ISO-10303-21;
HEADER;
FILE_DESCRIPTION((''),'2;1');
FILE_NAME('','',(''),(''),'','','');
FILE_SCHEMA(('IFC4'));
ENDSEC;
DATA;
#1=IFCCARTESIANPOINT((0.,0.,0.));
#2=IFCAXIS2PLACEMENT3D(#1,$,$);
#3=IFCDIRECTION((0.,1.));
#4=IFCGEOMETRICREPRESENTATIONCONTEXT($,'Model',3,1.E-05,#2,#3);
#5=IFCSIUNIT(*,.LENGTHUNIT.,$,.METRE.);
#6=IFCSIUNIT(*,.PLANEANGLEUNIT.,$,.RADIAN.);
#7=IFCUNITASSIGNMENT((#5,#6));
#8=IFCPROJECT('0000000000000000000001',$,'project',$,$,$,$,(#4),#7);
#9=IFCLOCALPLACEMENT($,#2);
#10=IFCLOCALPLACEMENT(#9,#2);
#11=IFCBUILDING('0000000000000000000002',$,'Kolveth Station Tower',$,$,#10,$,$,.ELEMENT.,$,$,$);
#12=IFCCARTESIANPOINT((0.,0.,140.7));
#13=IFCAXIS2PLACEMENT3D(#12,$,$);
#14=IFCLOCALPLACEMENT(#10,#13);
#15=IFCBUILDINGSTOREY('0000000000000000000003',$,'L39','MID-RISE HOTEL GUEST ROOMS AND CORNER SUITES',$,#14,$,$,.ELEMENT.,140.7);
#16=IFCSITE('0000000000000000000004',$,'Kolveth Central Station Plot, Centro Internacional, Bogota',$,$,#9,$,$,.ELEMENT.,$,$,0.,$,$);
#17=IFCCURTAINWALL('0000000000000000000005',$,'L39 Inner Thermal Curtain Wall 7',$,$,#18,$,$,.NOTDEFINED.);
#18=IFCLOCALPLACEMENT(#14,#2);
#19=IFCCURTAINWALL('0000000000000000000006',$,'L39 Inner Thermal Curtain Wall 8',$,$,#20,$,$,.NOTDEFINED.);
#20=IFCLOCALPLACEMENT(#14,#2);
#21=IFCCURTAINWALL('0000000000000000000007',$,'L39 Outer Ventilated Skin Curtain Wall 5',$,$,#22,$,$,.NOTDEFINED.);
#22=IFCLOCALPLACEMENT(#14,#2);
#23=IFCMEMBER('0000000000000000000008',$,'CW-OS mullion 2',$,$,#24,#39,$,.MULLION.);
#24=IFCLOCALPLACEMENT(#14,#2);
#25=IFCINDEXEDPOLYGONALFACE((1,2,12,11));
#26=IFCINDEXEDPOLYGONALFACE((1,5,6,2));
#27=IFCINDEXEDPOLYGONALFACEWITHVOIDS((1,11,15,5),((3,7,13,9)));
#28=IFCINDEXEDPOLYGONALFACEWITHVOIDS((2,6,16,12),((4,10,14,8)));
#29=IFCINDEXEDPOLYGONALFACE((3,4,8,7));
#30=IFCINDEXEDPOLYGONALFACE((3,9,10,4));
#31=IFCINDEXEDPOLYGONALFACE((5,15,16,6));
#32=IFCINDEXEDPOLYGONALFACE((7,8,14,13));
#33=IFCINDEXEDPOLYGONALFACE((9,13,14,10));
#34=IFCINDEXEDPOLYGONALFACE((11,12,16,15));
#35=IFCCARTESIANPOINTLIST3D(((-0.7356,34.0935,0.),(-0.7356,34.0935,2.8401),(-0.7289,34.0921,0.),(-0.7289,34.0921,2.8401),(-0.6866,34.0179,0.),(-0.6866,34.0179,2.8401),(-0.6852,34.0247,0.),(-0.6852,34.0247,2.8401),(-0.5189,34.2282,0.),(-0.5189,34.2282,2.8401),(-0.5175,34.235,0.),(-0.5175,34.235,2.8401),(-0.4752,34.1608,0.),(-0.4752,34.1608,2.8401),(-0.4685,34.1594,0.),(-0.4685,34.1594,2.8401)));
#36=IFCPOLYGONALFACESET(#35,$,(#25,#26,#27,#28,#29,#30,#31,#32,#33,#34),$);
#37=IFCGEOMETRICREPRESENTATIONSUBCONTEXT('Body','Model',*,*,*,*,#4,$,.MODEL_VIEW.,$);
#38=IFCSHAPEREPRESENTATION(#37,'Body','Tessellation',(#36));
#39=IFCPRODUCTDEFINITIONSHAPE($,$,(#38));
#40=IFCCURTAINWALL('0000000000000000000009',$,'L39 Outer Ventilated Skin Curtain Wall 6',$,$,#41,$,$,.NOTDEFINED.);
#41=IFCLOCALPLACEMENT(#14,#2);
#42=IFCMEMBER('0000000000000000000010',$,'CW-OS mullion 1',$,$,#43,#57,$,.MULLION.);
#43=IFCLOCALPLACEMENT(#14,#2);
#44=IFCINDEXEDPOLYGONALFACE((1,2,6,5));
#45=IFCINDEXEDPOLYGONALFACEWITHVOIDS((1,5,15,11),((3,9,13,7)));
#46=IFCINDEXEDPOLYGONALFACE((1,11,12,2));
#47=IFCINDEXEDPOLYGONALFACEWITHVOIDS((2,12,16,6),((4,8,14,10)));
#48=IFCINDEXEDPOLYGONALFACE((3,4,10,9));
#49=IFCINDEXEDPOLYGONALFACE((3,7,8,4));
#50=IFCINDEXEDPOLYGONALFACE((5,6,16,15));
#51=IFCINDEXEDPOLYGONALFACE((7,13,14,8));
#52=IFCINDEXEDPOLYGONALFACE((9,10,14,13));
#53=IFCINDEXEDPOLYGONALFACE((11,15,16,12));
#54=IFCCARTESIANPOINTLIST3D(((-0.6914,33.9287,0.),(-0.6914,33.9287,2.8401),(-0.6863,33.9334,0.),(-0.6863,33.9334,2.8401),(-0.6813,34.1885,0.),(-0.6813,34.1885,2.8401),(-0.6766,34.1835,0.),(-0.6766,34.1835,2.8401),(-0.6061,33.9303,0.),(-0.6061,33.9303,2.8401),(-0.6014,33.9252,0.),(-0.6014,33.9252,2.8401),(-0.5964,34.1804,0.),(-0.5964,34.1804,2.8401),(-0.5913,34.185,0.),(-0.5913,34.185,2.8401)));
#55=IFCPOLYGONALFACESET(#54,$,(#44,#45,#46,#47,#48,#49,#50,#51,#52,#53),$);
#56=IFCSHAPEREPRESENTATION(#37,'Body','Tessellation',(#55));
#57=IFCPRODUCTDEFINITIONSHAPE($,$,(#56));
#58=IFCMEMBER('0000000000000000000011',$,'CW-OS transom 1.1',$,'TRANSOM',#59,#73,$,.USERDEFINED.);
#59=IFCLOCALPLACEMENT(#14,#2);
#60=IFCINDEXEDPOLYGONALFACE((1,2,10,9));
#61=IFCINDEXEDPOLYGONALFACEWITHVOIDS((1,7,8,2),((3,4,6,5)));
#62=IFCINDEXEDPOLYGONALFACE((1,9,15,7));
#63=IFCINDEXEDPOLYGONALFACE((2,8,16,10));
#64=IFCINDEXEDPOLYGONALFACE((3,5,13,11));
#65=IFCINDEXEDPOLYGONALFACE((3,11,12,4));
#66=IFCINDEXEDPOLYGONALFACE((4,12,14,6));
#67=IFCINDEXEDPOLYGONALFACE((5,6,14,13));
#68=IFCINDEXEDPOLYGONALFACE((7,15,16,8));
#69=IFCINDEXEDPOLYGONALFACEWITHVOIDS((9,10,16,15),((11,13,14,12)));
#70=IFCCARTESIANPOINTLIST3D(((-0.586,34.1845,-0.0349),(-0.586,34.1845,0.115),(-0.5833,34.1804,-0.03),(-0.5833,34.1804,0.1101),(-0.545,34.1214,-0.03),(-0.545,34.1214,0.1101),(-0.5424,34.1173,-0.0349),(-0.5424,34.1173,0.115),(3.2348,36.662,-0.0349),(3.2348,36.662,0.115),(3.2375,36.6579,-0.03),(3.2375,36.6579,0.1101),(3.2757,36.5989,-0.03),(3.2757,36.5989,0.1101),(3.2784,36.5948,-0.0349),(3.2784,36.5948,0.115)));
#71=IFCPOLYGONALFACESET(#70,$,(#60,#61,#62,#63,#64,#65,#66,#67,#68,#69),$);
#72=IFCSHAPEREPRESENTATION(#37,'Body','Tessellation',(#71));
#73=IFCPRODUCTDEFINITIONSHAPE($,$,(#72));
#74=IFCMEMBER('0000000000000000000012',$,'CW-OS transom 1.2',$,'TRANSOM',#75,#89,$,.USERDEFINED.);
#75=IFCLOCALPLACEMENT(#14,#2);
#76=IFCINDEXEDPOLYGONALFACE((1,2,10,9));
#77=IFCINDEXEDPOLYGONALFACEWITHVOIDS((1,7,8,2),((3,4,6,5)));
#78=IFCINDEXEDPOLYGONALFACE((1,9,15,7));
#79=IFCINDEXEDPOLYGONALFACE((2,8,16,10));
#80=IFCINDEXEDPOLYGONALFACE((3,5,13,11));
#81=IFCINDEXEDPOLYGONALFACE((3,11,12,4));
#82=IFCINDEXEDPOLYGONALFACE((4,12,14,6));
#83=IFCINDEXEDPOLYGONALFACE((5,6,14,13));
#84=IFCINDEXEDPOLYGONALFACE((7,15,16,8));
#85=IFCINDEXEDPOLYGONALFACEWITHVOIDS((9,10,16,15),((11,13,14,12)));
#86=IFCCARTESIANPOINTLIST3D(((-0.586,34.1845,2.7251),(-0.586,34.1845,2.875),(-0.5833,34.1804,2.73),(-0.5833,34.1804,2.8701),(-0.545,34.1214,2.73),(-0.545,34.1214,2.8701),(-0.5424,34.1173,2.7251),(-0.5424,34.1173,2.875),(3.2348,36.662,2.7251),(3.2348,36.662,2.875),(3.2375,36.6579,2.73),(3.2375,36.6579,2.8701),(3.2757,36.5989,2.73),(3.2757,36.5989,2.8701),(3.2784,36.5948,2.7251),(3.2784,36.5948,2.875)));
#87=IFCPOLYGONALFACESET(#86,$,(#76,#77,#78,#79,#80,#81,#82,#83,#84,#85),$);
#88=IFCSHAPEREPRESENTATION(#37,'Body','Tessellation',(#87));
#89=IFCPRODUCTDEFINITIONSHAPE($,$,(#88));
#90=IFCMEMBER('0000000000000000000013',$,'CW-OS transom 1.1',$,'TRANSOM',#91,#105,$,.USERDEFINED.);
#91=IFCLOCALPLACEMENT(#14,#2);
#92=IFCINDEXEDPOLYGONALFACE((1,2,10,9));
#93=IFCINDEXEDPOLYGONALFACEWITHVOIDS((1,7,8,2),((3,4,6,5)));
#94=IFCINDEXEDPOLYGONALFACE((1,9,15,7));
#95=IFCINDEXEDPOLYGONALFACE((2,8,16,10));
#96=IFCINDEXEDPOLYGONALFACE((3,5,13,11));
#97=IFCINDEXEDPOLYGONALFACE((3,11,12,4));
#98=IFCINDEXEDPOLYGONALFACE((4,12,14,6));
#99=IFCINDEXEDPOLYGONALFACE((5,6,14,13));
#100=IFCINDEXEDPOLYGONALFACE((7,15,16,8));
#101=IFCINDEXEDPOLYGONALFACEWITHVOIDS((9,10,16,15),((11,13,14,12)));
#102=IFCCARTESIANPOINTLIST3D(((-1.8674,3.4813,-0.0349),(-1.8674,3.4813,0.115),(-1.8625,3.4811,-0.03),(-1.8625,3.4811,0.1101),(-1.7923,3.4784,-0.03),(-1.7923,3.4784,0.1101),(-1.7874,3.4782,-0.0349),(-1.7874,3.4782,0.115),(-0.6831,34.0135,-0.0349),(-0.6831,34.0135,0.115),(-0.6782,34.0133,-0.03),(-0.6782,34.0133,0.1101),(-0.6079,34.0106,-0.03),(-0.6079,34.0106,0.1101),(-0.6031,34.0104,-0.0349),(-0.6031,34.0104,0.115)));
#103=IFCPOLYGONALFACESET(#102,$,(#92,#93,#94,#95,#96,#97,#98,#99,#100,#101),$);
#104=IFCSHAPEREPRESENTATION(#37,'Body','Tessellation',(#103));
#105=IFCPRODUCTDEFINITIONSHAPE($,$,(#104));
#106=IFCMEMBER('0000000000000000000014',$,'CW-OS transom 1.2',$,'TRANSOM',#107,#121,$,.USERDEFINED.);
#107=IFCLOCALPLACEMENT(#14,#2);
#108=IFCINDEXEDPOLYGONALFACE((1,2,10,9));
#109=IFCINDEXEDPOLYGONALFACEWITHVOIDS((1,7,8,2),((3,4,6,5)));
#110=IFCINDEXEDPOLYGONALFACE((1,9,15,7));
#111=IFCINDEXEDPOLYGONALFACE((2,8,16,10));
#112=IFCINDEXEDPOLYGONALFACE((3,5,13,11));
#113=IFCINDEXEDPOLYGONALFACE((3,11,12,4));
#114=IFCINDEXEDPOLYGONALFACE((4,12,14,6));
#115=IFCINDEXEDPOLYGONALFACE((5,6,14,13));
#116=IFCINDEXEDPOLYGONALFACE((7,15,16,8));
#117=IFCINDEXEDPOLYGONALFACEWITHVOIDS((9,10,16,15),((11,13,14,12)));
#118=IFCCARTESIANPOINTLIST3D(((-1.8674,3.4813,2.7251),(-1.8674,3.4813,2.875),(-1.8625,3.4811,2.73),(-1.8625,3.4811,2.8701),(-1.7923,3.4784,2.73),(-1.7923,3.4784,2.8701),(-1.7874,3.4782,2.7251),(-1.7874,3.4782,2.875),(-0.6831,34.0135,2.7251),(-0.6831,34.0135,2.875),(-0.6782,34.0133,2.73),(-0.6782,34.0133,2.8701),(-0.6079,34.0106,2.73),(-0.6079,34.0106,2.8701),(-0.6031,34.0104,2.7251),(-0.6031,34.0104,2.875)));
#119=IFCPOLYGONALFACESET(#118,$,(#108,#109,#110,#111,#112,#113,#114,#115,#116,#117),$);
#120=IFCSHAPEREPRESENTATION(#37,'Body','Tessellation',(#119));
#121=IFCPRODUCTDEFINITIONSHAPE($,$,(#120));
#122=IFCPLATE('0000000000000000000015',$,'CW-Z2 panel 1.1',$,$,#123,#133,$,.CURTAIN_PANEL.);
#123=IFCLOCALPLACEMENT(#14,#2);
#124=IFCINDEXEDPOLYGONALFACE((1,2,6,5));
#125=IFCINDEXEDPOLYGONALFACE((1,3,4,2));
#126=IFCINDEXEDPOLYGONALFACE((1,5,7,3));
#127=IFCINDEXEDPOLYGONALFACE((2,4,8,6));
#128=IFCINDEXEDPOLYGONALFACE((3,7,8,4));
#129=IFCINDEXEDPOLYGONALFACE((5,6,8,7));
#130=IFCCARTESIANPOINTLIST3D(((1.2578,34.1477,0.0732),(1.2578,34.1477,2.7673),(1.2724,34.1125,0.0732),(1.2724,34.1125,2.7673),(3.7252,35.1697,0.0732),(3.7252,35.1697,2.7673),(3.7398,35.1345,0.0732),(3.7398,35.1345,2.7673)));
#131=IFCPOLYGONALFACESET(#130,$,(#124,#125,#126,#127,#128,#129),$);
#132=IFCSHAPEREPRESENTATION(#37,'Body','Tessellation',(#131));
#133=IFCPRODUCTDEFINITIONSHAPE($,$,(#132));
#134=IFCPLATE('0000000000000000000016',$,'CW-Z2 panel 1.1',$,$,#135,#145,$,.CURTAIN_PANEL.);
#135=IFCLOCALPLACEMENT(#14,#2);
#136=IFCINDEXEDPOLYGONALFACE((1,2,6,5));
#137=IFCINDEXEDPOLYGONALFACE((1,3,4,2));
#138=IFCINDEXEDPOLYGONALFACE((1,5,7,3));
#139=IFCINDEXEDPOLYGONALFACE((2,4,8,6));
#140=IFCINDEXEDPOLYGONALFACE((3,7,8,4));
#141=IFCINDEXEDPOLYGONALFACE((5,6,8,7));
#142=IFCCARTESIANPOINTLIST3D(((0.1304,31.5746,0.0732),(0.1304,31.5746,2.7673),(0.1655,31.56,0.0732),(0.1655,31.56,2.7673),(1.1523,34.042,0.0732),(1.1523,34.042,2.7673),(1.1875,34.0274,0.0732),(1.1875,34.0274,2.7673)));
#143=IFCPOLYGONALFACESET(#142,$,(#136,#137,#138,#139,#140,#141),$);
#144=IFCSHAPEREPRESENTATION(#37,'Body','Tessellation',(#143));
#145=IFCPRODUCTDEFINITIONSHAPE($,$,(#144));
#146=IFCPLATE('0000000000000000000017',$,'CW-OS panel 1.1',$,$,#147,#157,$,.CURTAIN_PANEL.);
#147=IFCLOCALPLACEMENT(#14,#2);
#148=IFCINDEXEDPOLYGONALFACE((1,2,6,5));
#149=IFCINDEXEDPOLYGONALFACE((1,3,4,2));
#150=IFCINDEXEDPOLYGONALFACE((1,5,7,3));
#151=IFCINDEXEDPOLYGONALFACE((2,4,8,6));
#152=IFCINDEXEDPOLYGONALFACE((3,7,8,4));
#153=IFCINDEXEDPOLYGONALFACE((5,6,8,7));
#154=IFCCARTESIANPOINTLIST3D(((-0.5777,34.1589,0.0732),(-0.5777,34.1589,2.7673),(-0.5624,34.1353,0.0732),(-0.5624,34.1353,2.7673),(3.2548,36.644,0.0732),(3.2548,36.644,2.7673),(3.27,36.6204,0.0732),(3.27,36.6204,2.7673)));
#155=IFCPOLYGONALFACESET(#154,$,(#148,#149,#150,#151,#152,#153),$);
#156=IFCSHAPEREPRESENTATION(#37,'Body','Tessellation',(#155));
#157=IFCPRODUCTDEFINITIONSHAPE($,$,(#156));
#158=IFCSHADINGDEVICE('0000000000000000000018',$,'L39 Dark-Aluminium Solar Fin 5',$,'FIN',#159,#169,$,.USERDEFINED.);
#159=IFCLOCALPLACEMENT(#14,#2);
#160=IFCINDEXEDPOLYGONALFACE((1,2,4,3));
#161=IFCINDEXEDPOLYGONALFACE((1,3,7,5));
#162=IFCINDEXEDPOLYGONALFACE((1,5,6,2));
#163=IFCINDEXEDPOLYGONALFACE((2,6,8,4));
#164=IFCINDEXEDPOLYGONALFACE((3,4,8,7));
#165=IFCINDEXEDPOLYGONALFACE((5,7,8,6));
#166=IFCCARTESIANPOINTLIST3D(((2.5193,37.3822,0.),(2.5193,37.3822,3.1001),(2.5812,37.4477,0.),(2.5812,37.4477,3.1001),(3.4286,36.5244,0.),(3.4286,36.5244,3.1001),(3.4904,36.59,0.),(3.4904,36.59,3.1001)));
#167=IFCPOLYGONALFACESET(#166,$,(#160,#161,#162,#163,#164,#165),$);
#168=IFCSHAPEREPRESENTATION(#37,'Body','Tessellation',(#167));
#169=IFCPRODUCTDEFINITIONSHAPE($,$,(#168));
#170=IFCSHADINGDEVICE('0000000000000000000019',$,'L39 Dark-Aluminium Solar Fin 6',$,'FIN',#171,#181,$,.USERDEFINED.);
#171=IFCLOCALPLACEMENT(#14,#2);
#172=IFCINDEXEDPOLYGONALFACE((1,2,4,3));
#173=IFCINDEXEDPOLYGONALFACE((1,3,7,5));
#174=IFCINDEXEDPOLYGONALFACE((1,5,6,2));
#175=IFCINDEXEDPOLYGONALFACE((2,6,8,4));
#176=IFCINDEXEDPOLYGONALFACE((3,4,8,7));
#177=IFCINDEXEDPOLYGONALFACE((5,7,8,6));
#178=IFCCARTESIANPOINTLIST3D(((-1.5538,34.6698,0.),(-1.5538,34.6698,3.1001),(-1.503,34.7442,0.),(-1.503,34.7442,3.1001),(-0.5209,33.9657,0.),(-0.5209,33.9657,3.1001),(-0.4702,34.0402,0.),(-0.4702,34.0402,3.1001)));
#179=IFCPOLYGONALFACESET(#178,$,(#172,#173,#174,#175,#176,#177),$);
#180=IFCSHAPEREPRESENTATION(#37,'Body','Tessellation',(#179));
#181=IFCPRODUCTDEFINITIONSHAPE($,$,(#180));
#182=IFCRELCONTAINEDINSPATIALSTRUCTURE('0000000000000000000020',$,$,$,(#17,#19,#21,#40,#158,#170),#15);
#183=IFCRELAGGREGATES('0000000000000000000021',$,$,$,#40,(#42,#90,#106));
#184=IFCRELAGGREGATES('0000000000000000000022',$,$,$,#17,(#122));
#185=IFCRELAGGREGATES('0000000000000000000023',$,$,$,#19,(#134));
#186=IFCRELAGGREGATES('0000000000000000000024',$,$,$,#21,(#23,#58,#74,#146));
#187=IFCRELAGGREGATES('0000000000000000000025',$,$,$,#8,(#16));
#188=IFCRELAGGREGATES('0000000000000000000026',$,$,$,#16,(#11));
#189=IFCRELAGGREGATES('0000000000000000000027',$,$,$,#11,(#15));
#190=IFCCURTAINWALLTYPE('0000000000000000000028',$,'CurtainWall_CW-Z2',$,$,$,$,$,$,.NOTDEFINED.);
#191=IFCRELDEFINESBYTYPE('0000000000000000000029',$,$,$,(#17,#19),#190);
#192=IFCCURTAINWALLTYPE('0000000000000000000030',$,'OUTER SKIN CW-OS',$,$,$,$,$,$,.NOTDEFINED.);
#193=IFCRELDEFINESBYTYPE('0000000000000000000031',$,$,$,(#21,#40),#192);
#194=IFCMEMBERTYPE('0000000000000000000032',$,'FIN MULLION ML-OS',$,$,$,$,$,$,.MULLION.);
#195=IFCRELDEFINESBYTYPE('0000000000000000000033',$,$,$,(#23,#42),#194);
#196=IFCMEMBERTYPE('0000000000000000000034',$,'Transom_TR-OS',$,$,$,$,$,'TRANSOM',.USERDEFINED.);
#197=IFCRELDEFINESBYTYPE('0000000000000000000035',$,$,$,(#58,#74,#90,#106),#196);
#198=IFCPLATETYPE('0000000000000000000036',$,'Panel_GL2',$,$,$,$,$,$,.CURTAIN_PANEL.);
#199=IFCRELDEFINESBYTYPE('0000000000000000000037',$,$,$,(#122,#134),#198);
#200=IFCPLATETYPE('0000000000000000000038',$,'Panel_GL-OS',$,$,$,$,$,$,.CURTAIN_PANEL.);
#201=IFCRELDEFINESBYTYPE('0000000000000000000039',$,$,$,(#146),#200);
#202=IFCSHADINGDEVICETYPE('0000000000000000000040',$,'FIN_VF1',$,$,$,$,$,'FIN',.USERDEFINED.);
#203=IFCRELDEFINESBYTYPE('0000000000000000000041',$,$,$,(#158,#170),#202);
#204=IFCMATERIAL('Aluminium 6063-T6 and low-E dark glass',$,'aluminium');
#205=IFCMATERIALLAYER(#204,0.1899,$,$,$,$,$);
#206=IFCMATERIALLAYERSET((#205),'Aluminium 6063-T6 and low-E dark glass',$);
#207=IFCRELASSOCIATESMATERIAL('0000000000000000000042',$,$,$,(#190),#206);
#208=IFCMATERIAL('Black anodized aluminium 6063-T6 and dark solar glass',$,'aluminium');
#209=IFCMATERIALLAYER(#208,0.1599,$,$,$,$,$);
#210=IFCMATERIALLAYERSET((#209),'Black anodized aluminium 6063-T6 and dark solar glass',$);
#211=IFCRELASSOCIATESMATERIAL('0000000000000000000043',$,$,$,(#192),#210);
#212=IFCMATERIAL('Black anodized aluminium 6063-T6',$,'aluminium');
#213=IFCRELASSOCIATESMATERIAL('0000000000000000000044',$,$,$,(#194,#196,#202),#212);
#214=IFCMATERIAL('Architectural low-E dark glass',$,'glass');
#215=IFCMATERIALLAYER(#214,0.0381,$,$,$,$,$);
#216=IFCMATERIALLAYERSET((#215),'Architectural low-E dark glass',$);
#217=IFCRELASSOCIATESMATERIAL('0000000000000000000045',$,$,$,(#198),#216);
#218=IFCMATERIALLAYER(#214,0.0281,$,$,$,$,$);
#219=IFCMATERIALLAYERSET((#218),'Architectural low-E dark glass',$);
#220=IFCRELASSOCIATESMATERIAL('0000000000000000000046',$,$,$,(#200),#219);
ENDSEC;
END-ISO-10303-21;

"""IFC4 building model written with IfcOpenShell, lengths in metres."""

from ifc_helpers import new_model, si_unit, direction, frame, origin, origin_2d, place, context, subcontext, project, spatial, rectangle, hollow_rectangle, extrude, source, transform, mapped, material, layer, layer_set, material_profile, profile_set, type_object, element, aggregate, save


model = new_model("IFC4")

# Units and contexts
model_context = context("Model", 3, precision=1e-05, world=origin(), true_north=direction((0.0, 1.0)))
body_context = subcontext(model_context, "Body", "Model", "MODEL_VIEW")
ifc_project = project(units=[si_unit("LENGTHUNIT", "METRE"), si_unit("PLANEANGLEUNIT", "RADIAN")], contexts=[model_context])

# Site, building, storey
site_placement = place(None, origin())
site = spatial("IfcSite", under=ifc_project, at=site_placement, Name="Kolveth Central Station Plot, Centro Internacional, Bogota", CompositionType="ELEMENT", RefElevation=0.0)
building_placement = place(site_placement, origin())
building = spatial("IfcBuilding", under=site, at=building_placement, Name="Kolveth Station Tower", CompositionType="ELEMENT")
storey_placement = place(building_placement, frame((0.0, 0.0, 140.7)))
storey = spatial("IfcBuildingStorey", under=building, at=storey_placement, Name="L39", Description="MID-RISE HOTEL GUEST ROOMS AND CORNER SUITES", CompositionType="ELEMENT", Elevation=140.7)

# Curtain walls
ifc_material_1 = material(Name="Aluminium 6063-T6 and low-E dark glass", Category="aluminium")
ifc_layer_1 = layer(ifc_material_1, 0.1899)
ifc_layer_set_1 = layer_set([ifc_layer_1], Name="Aluminium 6063-T6 and low-E dark glass")
curtain_wall_type_1 = type_object("IfcCurtainWallType", Name="CurtainWall_CW-Z2", PredefinedType="NOTDEFINED", material=ifc_layer_set_1)
curtain_wall_1_placement = place(storey_placement, origin())
curtain_wall_1 = element("IfcCurtainWall", 1, at=curtain_wall_1_placement, inside=storey, type_object=curtain_wall_type_1, Name="L39 Inner Thermal Curtain Wall 7", PredefinedType="NOTDEFINED")
ifc_material_2 = material(Name="Black anodized aluminium 6063-T6", Category="aluminium")
curtain_wall_2_placement = place(storey_placement, origin())
curtain_wall_2 = element("IfcCurtainWall", 2, at=curtain_wall_2_placement, inside=storey, type_object=curtain_wall_type_1, Name="L39 Inner Thermal Curtain Wall 8", PredefinedType="NOTDEFINED")

# Shared definitions
ifc_material_3 = material(Name="Black anodized aluminium 6063-T6 and dark solar glass", Category="aluminium")
ifc_layer_2 = layer(ifc_material_3, 0.1599)
ifc_layer_set_2 = layer_set([ifc_layer_2], Name="Black anodized aluminium 6063-T6 and dark solar glass")
curtain_wall_type_2 = type_object("IfcCurtainWallType", Name="OUTER SKIN CW-OS", PredefinedType="NOTDEFINED", material=ifc_layer_set_2)
ifc_material_profile_1 = material_profile(ifc_material_2, hollow_rectangle(XDim=0.0901, YDim=0.26, WallThickness=0.0049, at=origin_2d()), Name="ALU-90x260x5")
ifc_profile_set_1 = profile_set([ifc_material_profile_1], Name="Black anodized aluminium 6063-T6")
member_type_1 = type_object("IfcMemberType", Name="FIN MULLION ML-OS", PredefinedType="MULLION", material=ifc_profile_set_1)
shared_shape_1 = source(origin(), body_context, "Body", "SweptSolid", [
    extrude(hollow_rectangle(XDim=0.0901, YDim=0.26, WallThickness=0.0049, at=origin_2d()), origin(), (0.0, 0.0, 1.0), 2.8401),
])

# Curtain wall, member
curtain_wall_3_placement = place(storey_placement, origin())
curtain_wall_3 = element("IfcCurtainWall", 3, at=curtain_wall_3_placement, inside=storey, type_object=curtain_wall_type_2, Name="L39 Outer Ventilated Skin Curtain Wall 5", PredefinedType="NOTDEFINED")
member_1_placement = place(storey_placement, frame((-0.6021, 34.1265, 0.0), z_axis=(0.0, 0.0, 1.0), x_axis=(0.544067, -0.839042, 0.0)))
member_1 = element("IfcMember", 4, at=member_1_placement, type_object=member_type_1, Name="CW-OS mullion 2", PredefinedType="MULLION", context=body_context, shape_type="MappedRepresentation", body=[
    mapped(shared_shape_1, transform((0.0, 0.0, 0.0), x_axis=(1.0, 0.0, 0.0), y_axis=(0.0, 1.0, 0.0), z_axis=(0.0, 0.0, 1.0), scale=1.0)),
])

# Curtain wall, member
curtain_wall_4_placement = place(storey_placement, origin())
curtain_wall_4 = element("IfcCurtainWall", 5, at=curtain_wall_4_placement, inside=storey, type_object=curtain_wall_type_2, Name="L39 Outer Ventilated Skin Curtain Wall 6", PredefinedType="NOTDEFINED")
member_2_placement = place(storey_placement, frame((-0.6414, 34.0569, 0.0), z_axis=(0.0, 0.0, 1.0), x_axis=(0.999249, -0.03876, 0.0)))
member_2 = element("IfcMember", 6, at=member_2_placement, type_object=member_type_1, Name="CW-OS mullion 1", PredefinedType="MULLION", context=body_context, shape_type="MappedRepresentation", body=[
    mapped(shared_shape_1, transform((0.0, 0.0, 0.0), x_axis=(1.0, 0.0, 0.0), y_axis=(0.0, 1.0, 0.0), z_axis=(0.0, 0.0, 1.0), scale=1.0)),
])

# Members
ifc_material_profile_2 = material_profile(ifc_material_2, hollow_rectangle(XDim=0.0801, YDim=0.1499, WallThickness=0.0049, at=origin_2d()), Name="ALU-80x150x5")
ifc_profile_set_2 = profile_set([ifc_material_profile_2], Name="Black anodized aluminium 6063-T6")
member_type_2 = type_object("IfcMemberType", Name="Transom_TR-OS", ElementType="TRANSOM", PredefinedType="USERDEFINED", material=ifc_profile_set_2)
shared_shape_2 = source(origin(), body_context, "Body", "SweptSolid", [
    extrude(hollow_rectangle(XDim=0.0801, YDim=0.1499, WallThickness=0.0049, at=origin_2d()), origin(), (0.0, 0.0, 1.0), 4.5537),
])
member_3_placement = place(storey_placement, frame((3.2566, 36.6284, 0.04), z_axis=(-0.839043, -0.544065, 0.0), x_axis=(0.544065, -0.839043, 0.0)))
member_3 = element("IfcMember", 7, at=member_3_placement, type_object=member_type_2, Name="CW-OS transom 1.1", ObjectType="TRANSOM", PredefinedType="USERDEFINED", context=body_context, shape_type="MappedRepresentation", body=[
    mapped(shared_shape_2, transform((0.0, 0.0, 0.0), x_axis=(1.0, 0.0, 0.0), y_axis=(0.0, 1.0, 0.0), z_axis=(0.0, 0.0, 1.0), scale=1.0)),
])
member_4_placement = place(storey_placement, frame((3.2566, 36.6284, 2.8), z_axis=(-0.839043, -0.544065, 0.0), x_axis=(0.544065, -0.839043, 0.0)))
member_4 = element("IfcMember", 8, at=member_4_placement, type_object=member_type_2, Name="CW-OS transom 1.2", ObjectType="TRANSOM", PredefinedType="USERDEFINED", context=body_context, shape_type="MappedRepresentation", body=[
    mapped(shared_shape_2, transform((0.0, 0.0, 0.0), x_axis=(1.0, 0.0, 0.0), y_axis=(0.0, 1.0, 0.0), z_axis=(0.0, 0.0, 1.0), scale=1.0)),
])
shared_shape_3 = source(origin(), body_context, "Body", "SweptSolid", [
    extrude(hollow_rectangle(XDim=0.0801, YDim=0.1499, WallThickness=0.0049, at=origin_2d()), origin(), (0.0, 0.0, 1.0), 30.5552),
])
member_5_placement = place(storey_placement, frame((-0.6431, 34.012, 0.04), z_axis=(-0.03876, -0.999249, 0.0), x_axis=(0.999249, -0.03876, 0.0)))
member_5 = element("IfcMember", 9, at=member_5_placement, type_object=member_type_2, Name="CW-OS transom 1.1", ObjectType="TRANSOM", PredefinedType="USERDEFINED", context=body_context, shape_type="MappedRepresentation", body=[
    mapped(shared_shape_3, transform((0.0, 0.0, 0.0), x_axis=(1.0, 0.0, 0.0), y_axis=(0.0, 1.0, 0.0), z_axis=(0.0, 0.0, 1.0), scale=1.0)),
])
member_6_placement = place(storey_placement, frame((-0.6431, 34.012, 2.8), z_axis=(-0.03876, -0.999249, 0.0), x_axis=(0.999249, -0.03876, 0.0)))
member_6 = element("IfcMember", 10, at=member_6_placement, type_object=member_type_2, Name="CW-OS transom 1.2", ObjectType="TRANSOM", PredefinedType="USERDEFINED", context=body_context, shape_type="MappedRepresentation", body=[
    mapped(shared_shape_3, transform((0.0, 0.0, 0.0), x_axis=(1.0, 0.0, 0.0), y_axis=(0.0, 1.0, 0.0), z_axis=(0.0, 0.0, 1.0), scale=1.0)),
])
aggregate(curtain_wall_4, [member_2, member_5, member_6])

# Plates
ifc_material_4 = material(Name="Architectural low-E dark glass", Category="glass")
ifc_layer_3 = layer(ifc_material_4, 0.0381)
ifc_layer_set_3 = layer_set([ifc_layer_3], Name="Architectural low-E dark glass")
plate_type_1 = type_object("IfcPlateType", Name="Panel_GL2", PredefinedType="CURTAIN_PANEL", material=ifc_layer_set_3)
shared_shape_4 = source(origin(), body_context, "Body", "SweptSolid", [
    extrude(rectangle(XDim=2.6707, YDim=0.0381, at=origin_2d()), origin(), (0.0, 0.0, 1.0), 2.6941),
])
plate_1_placement = place(storey_placement, frame((2.4988, 34.6411, 0.0732), z_axis=(0.0, 0.0, 1.0), x_axis=(-0.923888, -0.382663, 0.0)))
plate_1 = element("IfcPlate", 11, at=plate_1_placement, type_object=plate_type_1, Name="CW-Z2 panel 1.1", PredefinedType="CURTAIN_PANEL", context=body_context, shape_type="MappedRepresentation", body=[
    mapped(shared_shape_4, transform((0.0, 0.0, 0.0), x_axis=(1.0, 0.0, 0.0), y_axis=(0.0, 1.0, 0.0), z_axis=(0.0, 0.0, 1.0), scale=1.0)),
])
aggregate(curtain_wall_1, [plate_1])
plate_2_placement = place(storey_placement, frame((0.6589, 32.801, 0.0732), z_axis=(0.0, 0.0, 1.0), x_axis=(-0.382663, -0.923888, 0.0)))
plate_2 = element("IfcPlate", 12, at=plate_2_placement, type_object=plate_type_1, Name="CW-Z2 panel 1.1", PredefinedType="CURTAIN_PANEL", context=body_context, shape_type="MappedRepresentation", body=[
    mapped(shared_shape_4, transform((0.0, 0.0, 0.0), x_axis=(1.0, 0.0, 0.0), y_axis=(0.0, 1.0, 0.0), z_axis=(0.0, 0.0, 1.0), scale=1.0)),
])
aggregate(curtain_wall_2, [plate_2])
ifc_layer_4 = layer(ifc_material_4, 0.0281)
ifc_layer_set_4 = layer_set([ifc_layer_4], Name="Architectural low-E dark glass")
plate_type_2 = type_object("IfcPlateType", Name="Panel_GL-OS", PredefinedType="CURTAIN_PANEL", material=ifc_layer_set_4)
shared_shape_5 = source(origin(), body_context, "Body", "SweptSolid", [
    extrude(rectangle(XDim=4.5676, YDim=0.0281, at=origin_2d()), origin(), (0.0, 0.0, 1.0), 2.6941),
])
plate_3_placement = place(storey_placement, frame((1.3462, 35.3896, 0.0732), z_axis=(0.0, 0.0, 1.0), x_axis=(-0.839042, -0.544067, 0.0)))
plate_3 = element("IfcPlate", 13, at=plate_3_placement, type_object=plate_type_2, Name="CW-OS panel 1.1", PredefinedType="CURTAIN_PANEL", context=body_context, shape_type="MappedRepresentation", body=[
    mapped(shared_shape_5, transform((0.0, 0.0, 0.0), x_axis=(1.0, 0.0, 0.0), y_axis=(0.0, 1.0, 0.0), z_axis=(0.0, 0.0, 1.0), scale=1.0)),
])
aggregate(curtain_wall_3, [member_1, member_3, member_4, plate_3])

# Shading devices
shading_device_type = type_object("IfcShadingDeviceType", Name="FIN_VF1", ElementType="FIN", PredefinedType="USERDEFINED", material=ifc_material_2)
shared_shape_6 = source(origin(), body_context, "Body", "SweptSolid", [
    extrude(rectangle(XDim=1.25, YDim=0.0901, at=origin_2d()), origin(), (0.0, 0.0, 1.0), 3.1001),
])
for number, where, z_axis, x_axis, name in (
    (14, (3.0049, 36.9861, 0.0), (0.0, 0.0, 1.0), (-0.727414, 0.686199, 0.0), "L39 Dark-Aluminium Solar Fin 5"),
    (15, (-1.012, 34.355, 0.0), (0.0, 0.0, 1.0), (-0.826295, 0.563238, 0.0), "L39 Dark-Aluminium Solar Fin 6"),
):
    element("IfcShadingDevice", number, at=place(storey_placement, frame(where, z_axis=z_axis, x_axis=x_axis)), inside=storey, type_object=shading_device_type, Name=name, ObjectType="FIN", PredefinedType="USERDEFINED", context=body_context, shape_type="MappedRepresentation", body=[
        mapped(shared_shape_6, transform((0.0, 0.0, 0.0), x_axis=(1.0, 0.0, 0.0), y_axis=(0.0, 1.0, 0.0), z_axis=(0.0, 0.0, 1.0), scale=1.0)),
    ])

save(model, "model.ifc")
